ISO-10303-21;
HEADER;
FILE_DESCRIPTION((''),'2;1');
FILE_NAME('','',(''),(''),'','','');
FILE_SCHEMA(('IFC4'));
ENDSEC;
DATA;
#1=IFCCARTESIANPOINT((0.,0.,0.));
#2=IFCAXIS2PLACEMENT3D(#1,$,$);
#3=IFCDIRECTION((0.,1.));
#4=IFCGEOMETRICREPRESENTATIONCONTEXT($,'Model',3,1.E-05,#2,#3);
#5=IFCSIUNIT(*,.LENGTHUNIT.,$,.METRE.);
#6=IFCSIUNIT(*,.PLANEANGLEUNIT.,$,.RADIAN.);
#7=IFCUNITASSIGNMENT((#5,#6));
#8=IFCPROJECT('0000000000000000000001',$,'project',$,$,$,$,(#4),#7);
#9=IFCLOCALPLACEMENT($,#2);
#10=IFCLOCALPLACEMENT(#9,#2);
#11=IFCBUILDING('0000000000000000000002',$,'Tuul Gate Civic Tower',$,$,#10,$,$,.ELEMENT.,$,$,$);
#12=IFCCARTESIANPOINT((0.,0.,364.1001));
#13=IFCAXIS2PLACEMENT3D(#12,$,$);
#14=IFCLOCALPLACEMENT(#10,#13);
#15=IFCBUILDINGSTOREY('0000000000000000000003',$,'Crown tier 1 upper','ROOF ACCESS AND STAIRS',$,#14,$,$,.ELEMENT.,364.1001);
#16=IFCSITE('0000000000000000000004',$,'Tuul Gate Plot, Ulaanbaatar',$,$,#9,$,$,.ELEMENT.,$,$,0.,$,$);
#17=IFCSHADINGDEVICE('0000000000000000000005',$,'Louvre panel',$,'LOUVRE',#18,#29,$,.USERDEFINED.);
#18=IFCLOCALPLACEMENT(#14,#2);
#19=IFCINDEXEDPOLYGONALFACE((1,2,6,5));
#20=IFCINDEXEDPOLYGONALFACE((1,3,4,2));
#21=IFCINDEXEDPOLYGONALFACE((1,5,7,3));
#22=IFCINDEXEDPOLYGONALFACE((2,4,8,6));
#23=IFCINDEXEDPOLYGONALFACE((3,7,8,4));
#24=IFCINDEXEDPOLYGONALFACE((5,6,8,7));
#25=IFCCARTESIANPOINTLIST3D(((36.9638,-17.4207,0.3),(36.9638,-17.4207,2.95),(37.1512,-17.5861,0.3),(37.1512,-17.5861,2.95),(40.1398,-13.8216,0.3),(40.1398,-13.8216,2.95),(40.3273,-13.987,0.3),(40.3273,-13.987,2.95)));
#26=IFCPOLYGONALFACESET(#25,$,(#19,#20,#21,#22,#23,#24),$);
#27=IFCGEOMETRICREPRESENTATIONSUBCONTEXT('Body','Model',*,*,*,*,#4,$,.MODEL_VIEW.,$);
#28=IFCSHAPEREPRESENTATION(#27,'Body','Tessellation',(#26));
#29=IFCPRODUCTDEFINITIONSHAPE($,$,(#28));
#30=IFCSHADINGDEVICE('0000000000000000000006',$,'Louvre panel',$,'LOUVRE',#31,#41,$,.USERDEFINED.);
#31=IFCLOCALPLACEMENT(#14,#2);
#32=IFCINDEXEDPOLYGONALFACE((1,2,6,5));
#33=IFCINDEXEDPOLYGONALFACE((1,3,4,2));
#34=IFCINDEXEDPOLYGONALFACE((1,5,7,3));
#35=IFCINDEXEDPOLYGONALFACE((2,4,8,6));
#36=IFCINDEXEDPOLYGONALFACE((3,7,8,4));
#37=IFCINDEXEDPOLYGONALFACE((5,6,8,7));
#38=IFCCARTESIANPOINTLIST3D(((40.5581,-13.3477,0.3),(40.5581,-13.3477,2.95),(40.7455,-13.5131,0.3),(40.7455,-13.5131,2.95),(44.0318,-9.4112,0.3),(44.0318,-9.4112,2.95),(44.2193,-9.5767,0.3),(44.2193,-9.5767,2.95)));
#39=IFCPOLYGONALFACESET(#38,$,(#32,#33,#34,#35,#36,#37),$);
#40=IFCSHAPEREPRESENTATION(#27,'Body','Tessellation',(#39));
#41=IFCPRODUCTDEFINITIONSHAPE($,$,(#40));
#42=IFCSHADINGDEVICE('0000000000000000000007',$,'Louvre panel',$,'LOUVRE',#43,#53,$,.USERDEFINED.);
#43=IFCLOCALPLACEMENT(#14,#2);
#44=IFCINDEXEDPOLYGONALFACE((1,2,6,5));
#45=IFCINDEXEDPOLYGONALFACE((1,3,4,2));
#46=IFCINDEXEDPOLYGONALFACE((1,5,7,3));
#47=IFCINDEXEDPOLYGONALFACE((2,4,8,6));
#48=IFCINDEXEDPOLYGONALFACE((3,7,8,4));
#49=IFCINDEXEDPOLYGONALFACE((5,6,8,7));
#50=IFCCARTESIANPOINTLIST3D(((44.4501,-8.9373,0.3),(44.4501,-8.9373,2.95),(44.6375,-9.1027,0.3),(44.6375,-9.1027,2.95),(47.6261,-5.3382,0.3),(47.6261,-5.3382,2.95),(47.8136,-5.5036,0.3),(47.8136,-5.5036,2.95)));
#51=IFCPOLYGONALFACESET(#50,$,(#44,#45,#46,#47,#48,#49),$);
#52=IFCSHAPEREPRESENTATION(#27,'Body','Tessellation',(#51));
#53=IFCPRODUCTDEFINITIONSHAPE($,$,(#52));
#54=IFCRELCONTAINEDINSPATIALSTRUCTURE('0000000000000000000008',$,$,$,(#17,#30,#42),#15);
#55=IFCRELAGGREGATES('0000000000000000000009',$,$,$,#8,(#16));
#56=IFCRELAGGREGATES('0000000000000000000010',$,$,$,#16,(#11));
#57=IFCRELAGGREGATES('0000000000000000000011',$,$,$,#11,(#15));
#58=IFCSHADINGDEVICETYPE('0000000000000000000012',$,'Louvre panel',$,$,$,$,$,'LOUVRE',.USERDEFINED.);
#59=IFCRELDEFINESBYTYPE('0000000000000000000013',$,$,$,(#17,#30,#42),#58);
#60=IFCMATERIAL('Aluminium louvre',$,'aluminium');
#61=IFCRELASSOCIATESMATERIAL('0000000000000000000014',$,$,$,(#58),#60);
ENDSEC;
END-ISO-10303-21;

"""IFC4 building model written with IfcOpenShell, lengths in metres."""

from ifc_helpers import new_model, si_unit, direction, frame, origin, origin_2d, place, context, subcontext, project, spatial, rectangle, extrude, material, type_object, element, save


model = new_model("IFC4")

# Units and contexts
model_context = context("Model", 3, precision=1e-05, world=origin(), true_north=direction((0.0, 1.0)))
body_context = subcontext(model_context, "Body", "Model", "MODEL_VIEW")
ifc_project = project(units=[si_unit("LENGTHUNIT", "METRE"), si_unit("PLANEANGLEUNIT", "RADIAN")], contexts=[model_context])

# Site, building, storey
site_placement = place(None, origin())
site = spatial("IfcSite", under=ifc_project, at=site_placement, Name="Tuul Gate Plot, Ulaanbaatar", CompositionType="ELEMENT", RefElevation=0.0)
building_placement = place(site_placement, origin())
building = spatial("IfcBuilding", under=site, at=building_placement, Name="Tuul Gate Civic Tower", CompositionType="ELEMENT")
storey_placement = place(building_placement, frame((0.0, 0.0, 364.1001)))
storey = spatial("IfcBuildingStorey", under=building, at=storey_placement, Name="Crown tier 1 upper", Description="ROOF ACCESS AND STAIRS", CompositionType="ELEMENT", Elevation=364.1001)

# Shading devices
ifc_material_1 = material(Name="Aluminium louvre", Category="aluminium")
shading_device_type = type_object("IfcShadingDeviceType", Name="Louvre panel", ElementType="LOUVRE", PredefinedType="USERDEFINED", material=ifc_material_1)
shading_device_1_placement = place(storey_placement, frame((38.6455, -15.7039, 0.3), z_axis=(0.0, 0.0, 1.0), x_axis=(0.749793, -0.661672, 0.0)))
element("IfcShadingDevice", 1, at=shading_device_1_placement, inside=storey, type_object=shading_device_type, Name="Louvre panel", ObjectType="LOUVRE", PredefinedType="USERDEFINED", context=body_context, shape_type="SweptSolid", body=[
    extrude(rectangle(XDim=0.25, YDim=4.8, at=origin_2d()), origin(), (0.0, 0.0, 1.0), 2.6499),
])
shading_device_2_placement = place(storey_placement, frame((42.3887, -11.4622, 0.3), z_axis=(0.0, 0.0, 1.0), x_axis=(0.749793, -0.661672, 0.0)))
element("IfcShadingDevice", 2, at=shading_device_2_placement, inside=storey, type_object=shading_device_type, Name="Louvre panel", ObjectType="LOUVRE", PredefinedType="USERDEFINED", context=body_context, shape_type="SweptSolid", body=[
    extrude(rectangle(XDim=0.25, YDim=5.25, at=origin_2d()), origin(), (0.0, 0.0, 1.0), 2.6499),
])
shading_device_3_placement = place(storey_placement, frame((46.1318, -7.2205, 0.3), z_axis=(0.0, 0.0, 1.0), x_axis=(0.749793, -0.661672, 0.0)))
element("IfcShadingDevice", 3, at=shading_device_3_placement, inside=storey, type_object=shading_device_type, Name="Louvre panel", ObjectType="LOUVRE", PredefinedType="USERDEFINED", context=body_context, shape_type="SweptSolid", body=[
    extrude(rectangle(XDim=0.25, YDim=4.8, at=origin_2d()), origin(), (0.0, 0.0, 1.0), 2.6499),
])

save(model, "model.ifc")
